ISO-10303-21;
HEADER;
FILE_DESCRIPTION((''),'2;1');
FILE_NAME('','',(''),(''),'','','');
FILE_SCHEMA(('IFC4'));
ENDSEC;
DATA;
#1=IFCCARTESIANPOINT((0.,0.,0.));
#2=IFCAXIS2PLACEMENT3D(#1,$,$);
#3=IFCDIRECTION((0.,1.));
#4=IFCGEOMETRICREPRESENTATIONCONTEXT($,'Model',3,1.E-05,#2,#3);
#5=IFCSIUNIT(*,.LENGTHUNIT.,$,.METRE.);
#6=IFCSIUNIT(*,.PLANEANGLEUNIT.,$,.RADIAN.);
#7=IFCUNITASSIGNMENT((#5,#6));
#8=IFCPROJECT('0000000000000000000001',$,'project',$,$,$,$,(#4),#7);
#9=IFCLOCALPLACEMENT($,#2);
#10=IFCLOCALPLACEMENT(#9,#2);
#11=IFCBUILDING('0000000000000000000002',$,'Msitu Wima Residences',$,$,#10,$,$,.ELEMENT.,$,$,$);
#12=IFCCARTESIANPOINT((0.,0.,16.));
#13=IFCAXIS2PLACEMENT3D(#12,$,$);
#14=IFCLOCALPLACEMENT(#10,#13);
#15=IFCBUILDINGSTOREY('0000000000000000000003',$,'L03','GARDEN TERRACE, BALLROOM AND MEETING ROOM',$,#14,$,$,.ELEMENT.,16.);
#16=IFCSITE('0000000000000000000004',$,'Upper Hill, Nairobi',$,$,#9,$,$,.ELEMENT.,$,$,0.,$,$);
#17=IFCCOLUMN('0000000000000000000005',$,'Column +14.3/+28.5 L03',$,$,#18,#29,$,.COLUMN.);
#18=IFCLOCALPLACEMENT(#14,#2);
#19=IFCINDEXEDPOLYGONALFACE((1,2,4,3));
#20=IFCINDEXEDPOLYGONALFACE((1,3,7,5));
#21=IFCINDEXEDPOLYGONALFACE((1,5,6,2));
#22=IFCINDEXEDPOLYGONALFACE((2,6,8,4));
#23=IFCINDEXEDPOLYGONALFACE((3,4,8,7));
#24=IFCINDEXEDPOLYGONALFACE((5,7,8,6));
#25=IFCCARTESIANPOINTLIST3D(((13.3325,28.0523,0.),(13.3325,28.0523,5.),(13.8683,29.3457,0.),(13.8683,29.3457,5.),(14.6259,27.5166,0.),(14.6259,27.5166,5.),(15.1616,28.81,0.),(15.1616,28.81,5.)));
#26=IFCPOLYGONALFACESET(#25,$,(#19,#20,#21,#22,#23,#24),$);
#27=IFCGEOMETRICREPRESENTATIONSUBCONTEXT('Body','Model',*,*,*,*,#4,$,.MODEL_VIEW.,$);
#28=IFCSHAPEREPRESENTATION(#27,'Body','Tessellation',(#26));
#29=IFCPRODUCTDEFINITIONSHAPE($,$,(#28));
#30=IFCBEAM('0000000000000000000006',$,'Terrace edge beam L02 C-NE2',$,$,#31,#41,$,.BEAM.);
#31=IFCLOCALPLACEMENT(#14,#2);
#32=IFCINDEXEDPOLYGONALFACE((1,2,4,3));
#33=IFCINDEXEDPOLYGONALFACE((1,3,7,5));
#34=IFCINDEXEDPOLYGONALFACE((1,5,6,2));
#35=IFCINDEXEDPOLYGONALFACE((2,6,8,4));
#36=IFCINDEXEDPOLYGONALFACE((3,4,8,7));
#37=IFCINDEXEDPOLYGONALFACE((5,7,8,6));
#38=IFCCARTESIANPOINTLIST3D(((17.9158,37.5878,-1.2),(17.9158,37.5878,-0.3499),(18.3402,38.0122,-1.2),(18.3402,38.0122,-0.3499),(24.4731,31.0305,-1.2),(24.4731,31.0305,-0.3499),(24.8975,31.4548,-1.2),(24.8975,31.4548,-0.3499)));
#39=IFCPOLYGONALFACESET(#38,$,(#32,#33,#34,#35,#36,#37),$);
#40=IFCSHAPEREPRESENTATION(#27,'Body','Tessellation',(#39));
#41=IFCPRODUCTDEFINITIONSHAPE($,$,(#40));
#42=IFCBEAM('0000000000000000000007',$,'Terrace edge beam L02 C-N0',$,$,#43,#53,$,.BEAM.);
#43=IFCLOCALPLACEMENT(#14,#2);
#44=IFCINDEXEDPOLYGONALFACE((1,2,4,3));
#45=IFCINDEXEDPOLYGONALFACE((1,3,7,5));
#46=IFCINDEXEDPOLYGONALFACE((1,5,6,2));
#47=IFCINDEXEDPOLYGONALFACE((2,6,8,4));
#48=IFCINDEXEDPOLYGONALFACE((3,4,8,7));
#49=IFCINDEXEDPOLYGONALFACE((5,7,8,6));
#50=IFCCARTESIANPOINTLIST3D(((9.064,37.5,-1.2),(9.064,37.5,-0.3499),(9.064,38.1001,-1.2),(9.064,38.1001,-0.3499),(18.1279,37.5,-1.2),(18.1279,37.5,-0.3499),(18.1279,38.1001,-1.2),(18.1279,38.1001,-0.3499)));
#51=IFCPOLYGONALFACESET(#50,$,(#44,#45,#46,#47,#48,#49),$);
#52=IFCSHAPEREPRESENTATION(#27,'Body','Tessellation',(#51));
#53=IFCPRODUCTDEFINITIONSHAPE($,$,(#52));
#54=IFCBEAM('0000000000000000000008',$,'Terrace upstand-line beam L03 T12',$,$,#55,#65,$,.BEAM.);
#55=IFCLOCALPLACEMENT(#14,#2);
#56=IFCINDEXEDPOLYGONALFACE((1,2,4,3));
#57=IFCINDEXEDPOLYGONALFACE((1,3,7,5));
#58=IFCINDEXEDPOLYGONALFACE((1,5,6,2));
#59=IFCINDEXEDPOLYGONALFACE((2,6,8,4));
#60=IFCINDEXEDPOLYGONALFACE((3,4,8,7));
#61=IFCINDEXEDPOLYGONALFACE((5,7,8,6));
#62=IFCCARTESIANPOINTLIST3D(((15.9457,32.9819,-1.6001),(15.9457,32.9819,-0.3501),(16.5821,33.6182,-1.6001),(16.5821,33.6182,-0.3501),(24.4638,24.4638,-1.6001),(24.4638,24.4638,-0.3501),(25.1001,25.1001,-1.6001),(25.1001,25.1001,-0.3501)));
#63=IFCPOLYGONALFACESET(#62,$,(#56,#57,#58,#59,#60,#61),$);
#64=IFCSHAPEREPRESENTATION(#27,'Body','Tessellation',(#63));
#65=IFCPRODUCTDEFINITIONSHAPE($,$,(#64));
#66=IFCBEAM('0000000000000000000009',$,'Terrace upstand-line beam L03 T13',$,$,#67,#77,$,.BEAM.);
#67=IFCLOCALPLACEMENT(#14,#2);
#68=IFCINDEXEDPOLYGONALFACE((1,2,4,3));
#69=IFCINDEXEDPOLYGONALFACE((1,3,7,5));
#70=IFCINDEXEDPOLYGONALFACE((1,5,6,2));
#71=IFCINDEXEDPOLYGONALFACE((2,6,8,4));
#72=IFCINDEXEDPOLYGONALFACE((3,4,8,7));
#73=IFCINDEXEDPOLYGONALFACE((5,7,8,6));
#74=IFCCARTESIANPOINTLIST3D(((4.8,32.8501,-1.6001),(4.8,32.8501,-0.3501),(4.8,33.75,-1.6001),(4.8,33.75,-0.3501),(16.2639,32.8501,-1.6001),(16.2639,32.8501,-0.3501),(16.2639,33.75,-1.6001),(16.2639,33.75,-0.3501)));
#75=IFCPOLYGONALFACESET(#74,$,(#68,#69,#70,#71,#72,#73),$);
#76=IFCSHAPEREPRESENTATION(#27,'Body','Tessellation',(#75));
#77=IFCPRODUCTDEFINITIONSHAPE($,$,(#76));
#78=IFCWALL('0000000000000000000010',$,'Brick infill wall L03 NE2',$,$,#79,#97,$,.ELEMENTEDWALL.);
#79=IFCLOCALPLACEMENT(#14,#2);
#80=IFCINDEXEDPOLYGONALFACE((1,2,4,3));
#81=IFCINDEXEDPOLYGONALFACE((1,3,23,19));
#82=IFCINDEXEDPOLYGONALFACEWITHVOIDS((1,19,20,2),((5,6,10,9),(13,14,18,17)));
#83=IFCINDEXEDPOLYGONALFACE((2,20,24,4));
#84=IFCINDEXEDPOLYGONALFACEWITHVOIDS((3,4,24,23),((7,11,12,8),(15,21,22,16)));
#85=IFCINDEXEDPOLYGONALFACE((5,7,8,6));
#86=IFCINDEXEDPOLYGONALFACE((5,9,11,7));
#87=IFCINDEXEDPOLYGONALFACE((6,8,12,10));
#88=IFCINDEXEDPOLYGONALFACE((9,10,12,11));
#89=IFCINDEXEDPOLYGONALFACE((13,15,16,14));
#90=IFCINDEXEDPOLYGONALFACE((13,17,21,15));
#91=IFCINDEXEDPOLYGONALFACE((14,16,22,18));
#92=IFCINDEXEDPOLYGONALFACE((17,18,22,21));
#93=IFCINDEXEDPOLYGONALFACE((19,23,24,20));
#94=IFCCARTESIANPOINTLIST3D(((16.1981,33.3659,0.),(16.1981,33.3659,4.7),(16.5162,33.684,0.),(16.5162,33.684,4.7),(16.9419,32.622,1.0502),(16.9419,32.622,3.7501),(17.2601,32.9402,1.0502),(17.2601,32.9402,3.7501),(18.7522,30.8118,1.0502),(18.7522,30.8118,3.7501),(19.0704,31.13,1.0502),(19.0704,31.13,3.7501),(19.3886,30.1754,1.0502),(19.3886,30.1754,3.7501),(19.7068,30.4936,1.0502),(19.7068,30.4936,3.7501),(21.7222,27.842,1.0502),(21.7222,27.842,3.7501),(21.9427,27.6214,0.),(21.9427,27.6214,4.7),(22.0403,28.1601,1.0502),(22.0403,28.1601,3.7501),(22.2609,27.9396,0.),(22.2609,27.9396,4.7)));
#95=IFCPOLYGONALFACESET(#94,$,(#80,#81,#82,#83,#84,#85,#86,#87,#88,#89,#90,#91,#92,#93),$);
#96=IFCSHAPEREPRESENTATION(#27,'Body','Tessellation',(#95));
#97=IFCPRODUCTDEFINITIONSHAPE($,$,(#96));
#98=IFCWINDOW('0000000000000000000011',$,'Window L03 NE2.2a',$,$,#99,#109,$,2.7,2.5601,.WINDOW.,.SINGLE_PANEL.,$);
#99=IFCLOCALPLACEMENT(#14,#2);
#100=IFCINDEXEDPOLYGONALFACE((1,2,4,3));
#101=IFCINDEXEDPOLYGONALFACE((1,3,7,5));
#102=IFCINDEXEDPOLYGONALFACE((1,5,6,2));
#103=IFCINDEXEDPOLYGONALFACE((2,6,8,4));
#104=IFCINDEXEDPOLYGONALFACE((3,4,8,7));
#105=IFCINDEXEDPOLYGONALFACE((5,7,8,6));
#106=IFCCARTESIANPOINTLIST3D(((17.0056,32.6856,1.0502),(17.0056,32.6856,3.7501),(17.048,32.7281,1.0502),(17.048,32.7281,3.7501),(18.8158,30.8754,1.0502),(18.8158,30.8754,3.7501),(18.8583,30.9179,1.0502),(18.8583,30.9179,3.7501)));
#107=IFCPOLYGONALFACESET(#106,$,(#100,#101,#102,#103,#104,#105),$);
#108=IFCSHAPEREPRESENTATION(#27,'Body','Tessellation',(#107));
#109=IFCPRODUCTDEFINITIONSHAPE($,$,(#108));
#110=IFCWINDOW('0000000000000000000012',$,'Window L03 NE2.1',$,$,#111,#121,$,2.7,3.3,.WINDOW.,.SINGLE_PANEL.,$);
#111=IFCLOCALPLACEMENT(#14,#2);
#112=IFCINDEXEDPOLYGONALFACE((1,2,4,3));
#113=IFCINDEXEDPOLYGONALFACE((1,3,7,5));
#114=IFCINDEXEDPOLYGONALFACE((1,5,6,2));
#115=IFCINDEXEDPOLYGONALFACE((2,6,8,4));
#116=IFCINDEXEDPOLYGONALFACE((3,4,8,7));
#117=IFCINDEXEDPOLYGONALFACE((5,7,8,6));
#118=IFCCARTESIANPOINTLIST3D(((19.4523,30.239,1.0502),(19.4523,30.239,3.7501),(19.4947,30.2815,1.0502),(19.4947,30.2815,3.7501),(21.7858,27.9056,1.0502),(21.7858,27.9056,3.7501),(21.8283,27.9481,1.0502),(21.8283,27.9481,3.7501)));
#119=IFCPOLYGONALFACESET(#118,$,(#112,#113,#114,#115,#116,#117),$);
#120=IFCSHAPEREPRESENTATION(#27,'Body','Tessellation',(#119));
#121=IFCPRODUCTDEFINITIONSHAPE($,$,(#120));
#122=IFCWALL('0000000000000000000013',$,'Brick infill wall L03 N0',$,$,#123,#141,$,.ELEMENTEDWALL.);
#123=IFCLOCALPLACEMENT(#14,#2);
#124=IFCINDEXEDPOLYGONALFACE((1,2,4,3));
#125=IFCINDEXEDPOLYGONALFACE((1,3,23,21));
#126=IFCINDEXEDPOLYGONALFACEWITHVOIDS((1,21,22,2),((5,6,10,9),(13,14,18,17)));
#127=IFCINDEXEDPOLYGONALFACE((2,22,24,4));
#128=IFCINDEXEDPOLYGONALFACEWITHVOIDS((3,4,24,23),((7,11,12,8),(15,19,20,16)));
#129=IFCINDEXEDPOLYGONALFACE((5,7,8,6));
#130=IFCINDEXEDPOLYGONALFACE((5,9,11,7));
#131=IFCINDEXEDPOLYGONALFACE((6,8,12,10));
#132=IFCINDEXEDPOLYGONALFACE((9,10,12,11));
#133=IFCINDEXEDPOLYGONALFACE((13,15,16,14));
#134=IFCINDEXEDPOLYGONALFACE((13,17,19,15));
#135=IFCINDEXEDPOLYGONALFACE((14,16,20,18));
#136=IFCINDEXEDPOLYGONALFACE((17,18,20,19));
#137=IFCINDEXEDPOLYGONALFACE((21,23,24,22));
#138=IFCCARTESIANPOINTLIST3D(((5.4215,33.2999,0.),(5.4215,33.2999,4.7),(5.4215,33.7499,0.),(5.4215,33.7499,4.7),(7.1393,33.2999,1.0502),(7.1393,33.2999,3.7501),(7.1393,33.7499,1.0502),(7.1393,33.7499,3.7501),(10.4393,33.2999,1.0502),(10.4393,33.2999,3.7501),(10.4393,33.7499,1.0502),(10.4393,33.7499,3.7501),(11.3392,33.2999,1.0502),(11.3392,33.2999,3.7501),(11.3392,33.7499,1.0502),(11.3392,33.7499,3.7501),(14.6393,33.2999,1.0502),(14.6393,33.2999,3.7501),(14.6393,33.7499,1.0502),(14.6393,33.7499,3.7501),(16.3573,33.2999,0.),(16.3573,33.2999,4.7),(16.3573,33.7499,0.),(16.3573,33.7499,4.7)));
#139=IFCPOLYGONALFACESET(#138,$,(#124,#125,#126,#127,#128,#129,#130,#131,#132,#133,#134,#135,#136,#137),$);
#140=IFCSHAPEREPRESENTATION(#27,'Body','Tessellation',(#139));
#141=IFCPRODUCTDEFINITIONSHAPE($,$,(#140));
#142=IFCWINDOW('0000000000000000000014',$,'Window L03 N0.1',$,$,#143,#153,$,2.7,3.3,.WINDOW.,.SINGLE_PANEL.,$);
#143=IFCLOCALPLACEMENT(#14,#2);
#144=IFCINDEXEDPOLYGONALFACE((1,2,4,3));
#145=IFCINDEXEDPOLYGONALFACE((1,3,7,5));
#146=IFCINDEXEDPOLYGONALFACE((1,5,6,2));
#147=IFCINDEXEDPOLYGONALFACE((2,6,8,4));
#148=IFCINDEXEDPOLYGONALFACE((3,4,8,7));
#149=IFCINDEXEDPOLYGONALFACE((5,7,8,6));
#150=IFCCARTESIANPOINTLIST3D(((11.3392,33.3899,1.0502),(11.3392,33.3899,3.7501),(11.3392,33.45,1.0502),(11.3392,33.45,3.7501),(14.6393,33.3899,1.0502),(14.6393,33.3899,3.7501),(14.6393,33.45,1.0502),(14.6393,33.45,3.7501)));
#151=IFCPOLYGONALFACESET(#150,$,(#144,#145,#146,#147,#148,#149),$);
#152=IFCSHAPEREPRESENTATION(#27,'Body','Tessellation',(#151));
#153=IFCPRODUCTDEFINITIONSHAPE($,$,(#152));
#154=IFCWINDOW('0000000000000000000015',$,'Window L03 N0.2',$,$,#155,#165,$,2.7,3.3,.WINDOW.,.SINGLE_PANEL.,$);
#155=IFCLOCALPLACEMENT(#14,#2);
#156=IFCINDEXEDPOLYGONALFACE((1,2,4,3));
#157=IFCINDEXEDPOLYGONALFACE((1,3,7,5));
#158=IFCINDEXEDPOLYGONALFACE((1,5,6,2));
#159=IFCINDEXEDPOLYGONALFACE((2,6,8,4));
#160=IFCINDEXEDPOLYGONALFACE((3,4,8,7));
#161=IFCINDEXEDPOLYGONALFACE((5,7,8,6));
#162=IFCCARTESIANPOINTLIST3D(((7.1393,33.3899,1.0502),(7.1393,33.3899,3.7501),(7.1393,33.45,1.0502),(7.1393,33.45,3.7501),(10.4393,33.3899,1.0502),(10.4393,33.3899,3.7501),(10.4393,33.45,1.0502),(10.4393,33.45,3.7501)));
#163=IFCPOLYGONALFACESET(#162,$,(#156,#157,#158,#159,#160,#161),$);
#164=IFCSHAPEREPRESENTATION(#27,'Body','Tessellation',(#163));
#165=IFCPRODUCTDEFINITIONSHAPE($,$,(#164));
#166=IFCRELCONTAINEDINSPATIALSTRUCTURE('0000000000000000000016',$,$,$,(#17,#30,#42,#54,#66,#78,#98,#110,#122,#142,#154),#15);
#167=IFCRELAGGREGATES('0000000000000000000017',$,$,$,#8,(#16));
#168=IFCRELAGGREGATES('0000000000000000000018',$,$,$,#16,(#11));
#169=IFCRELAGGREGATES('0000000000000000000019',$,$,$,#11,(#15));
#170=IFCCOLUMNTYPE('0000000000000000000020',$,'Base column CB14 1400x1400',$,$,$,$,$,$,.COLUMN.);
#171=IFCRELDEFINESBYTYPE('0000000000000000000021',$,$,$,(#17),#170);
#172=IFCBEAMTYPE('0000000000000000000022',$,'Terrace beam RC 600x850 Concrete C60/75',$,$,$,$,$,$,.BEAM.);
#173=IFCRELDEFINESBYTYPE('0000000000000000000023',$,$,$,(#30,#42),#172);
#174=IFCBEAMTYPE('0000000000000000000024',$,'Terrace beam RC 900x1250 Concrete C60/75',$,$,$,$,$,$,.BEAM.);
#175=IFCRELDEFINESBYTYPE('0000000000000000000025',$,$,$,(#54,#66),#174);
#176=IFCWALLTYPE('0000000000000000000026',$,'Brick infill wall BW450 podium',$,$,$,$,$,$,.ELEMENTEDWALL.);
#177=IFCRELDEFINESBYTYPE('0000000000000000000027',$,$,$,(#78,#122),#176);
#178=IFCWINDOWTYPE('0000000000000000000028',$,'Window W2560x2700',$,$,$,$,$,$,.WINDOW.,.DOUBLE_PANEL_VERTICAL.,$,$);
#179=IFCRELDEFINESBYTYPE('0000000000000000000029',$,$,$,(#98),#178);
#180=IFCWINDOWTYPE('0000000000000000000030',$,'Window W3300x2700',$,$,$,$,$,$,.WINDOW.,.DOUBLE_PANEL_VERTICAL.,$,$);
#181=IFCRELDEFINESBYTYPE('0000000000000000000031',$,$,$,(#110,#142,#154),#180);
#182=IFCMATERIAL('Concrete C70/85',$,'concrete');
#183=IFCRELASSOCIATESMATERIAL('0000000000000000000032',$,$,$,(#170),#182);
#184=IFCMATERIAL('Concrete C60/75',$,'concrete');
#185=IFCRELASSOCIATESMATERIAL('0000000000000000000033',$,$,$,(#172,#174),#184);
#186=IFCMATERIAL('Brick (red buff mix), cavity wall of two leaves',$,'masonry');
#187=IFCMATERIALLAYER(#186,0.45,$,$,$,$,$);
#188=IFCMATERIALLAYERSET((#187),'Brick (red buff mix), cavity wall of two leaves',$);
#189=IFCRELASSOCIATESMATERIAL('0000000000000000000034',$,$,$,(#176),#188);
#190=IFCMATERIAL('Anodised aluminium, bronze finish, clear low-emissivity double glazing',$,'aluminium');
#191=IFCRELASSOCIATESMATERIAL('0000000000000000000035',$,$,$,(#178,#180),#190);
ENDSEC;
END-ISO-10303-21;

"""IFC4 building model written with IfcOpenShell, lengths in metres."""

from ifc_helpers import new_model, si_unit, direction, frame, frame_2d, origin, origin_2d, place, context, subcontext, project, spatial, rectangle, extrude, material, layer, layer_set, material_profile, profile_set, type_object, element, fill, save


model = new_model("IFC4")

# Units and contexts
model_context = context("Model", 3, precision=1e-05, world=origin(), true_north=direction((0.0, 1.0)))
body_context = subcontext(model_context, "Body", "Model", "MODEL_VIEW")
ifc_project = project(units=[si_unit("LENGTHUNIT", "METRE"), si_unit("PLANEANGLEUNIT", "RADIAN")], contexts=[model_context])

# Site, building, storey
site_placement = place(None, origin())
site = spatial("IfcSite", under=ifc_project, at=site_placement, Name="Upper Hill, Nairobi", CompositionType="ELEMENT", RefElevation=0.0)
building_placement = place(site_placement, origin())
building = spatial("IfcBuilding", under=site, at=building_placement, Name="Msitu Wima Residences", CompositionType="ELEMENT")
storey_placement = place(building_placement, frame((0.0, 0.0, 16.0)))
storey = spatial("IfcBuildingStorey", under=building, at=storey_placement, Name="L03", Description="GARDEN TERRACE, BALLROOM AND MEETING ROOM", CompositionType="ELEMENT", Elevation=16.0)

# Column
ifc_material_1 = material(Name="Concrete C70/85", Category="concrete")
ifc_material_profile_1 = material_profile(ifc_material_1, rectangle(XDim=1.3999, YDim=1.3999, at=origin_2d()), Name="RC 1400x1400")
ifc_profile_set_1 = profile_set([ifc_material_profile_1], Name="Concrete C70/85")
column_type = type_object("IfcColumnType", Name="Base column CB14 1400x1400", PredefinedType="COLUMN", material=ifc_profile_set_1)
column_placement = place(storey_placement, frame((14.2471, 28.4312, 0.0), z_axis=(0.0, 0.0, 1.0), x_axis=(-0.92388, 0.382683, 0.0)))
element("IfcColumn", 1, at=column_placement, inside=storey, type_object=column_type, Name="Column +14.3/+28.5 L03", PredefinedType="COLUMN", context=body_context, shape_type="SweptSolid", body=[
    extrude(rectangle(XDim=1.3999, YDim=1.3999, at=origin_2d()), origin(), (0.0, 0.0, 1.0), 5.0),
])

# Beams
ifc_material_2 = material(Name="Concrete C60/75", Category="concrete")
ifc_material_profile_2 = material_profile(ifc_material_2, rectangle(XDim=0.6001, YDim=0.8501, at=origin_2d()), Name="RC 600x850")
ifc_profile_set_2 = profile_set([ifc_material_profile_2], Name="Concrete C60/75")
beam_type_1 = type_object("IfcBeamType", Name="Terrace beam RC 600x850 Concrete C60/75", PredefinedType="BEAM", material=ifc_profile_set_2)
beam_1_placement = place(storey_placement, frame((24.6853, 31.2427, -0.7749), z_axis=(-0.707107, 0.707107, 0.0), x_axis=(-0.707107, -0.707107, 0.0)))
element("IfcBeam", 2, at=beam_1_placement, inside=storey, type_object=beam_type_1, Name="Terrace edge beam L02 C-NE2", PredefinedType="BEAM", context=body_context, shape_type="SweptSolid", body=[
    extrude(rectangle(XDim=0.6001, YDim=0.8501, at=origin_2d()), origin(), (0.0, 0.0, 1.0), 9.2734),
])
beam_2_placement = place(storey_placement, frame((18.1279, 37.8, -0.7749), z_axis=(-1.0, 0.0, 0.0), x_axis=(0.0, -1.0, 0.0)))
element("IfcBeam", 3, at=beam_2_placement, inside=storey, type_object=beam_type_1, Name="Terrace edge beam L02 C-N0", PredefinedType="BEAM", context=body_context, shape_type="SweptSolid", body=[
    extrude(rectangle(XDim=0.6001, YDim=0.8501, at=origin_2d()), origin(), (0.0, 0.0, 1.0), 9.064),
])
ifc_material_profile_3 = material_profile(ifc_material_2, rectangle(XDim=0.8999, YDim=1.25, at=origin_2d()), Name="RC 900x1250")
ifc_profile_set_3 = profile_set([ifc_material_profile_3], Name="Concrete C60/75")
beam_type_2 = type_object("IfcBeamType", Name="Terrace beam RC 900x1250 Concrete C60/75", PredefinedType="BEAM", material=ifc_profile_set_3)
beam_3_placement = place(storey_placement, frame((24.782, 24.782, -0.9751), z_axis=(-0.707107, 0.707107, 0.0), x_axis=(-0.707107, -0.707107, 0.0)))
element("IfcBeam", 4, at=beam_3_placement, inside=storey, type_object=beam_type_2, Name="Terrace upstand-line beam L03 T12", PredefinedType="BEAM", context=body_context, shape_type="SweptSolid", body=[
    extrude(rectangle(XDim=0.8999, YDim=1.25, at=origin_2d()), origin(), (0.0, 0.0, 1.0), 12.0464),
])
beam_4_placement = place(storey_placement, frame((16.2639, 33.3, -0.9751), z_axis=(-1.0, 0.0, 0.0), x_axis=(0.0, -1.0, 0.0)))
element("IfcBeam", 5, at=beam_4_placement, inside=storey, type_object=beam_type_2, Name="Terrace upstand-line beam L03 T13", PredefinedType="BEAM", context=body_context, shape_type="SweptSolid", body=[
    extrude(rectangle(XDim=0.8999, YDim=1.25, at=origin_2d()), origin(), (0.0, 0.0, 1.0), 11.4639),
])

# Walls, openings, windows
ifc_material_3 = material(Name="Brick (red buff mix), cavity wall of two leaves", Category="masonry")
ifc_layer_1 = layer(ifc_material_3, 0.45)
ifc_layer_set_1 = layer_set([ifc_layer_1], Name="Brick (red buff mix), cavity wall of two leaves")
wall_type_1 = type_object("IfcWallType", Name="Brick infill wall BW450 podium", PredefinedType="ELEMENTEDWALL", material=ifc_layer_set_1)
wall_1_placement = place(storey_placement, frame((22.1018, 27.7805, 0.0), z_axis=(0.0, 0.0, 1.0), x_axis=(-0.707122, 0.707092, 0.0)))
wall_1 = element("IfcWall", 6, at=wall_1_placement, inside=storey, type_object=wall_type_1, Name="Brick infill wall L03 NE2", PredefinedType="ELEMENTEDWALL", context=body_context, shape_type="SweptSolid", body=[
    extrude(rectangle(XDim=8.124, YDim=0.45, at=frame_2d((4.062, 0.0))), origin(), (0.0, 0.0, 1.0), 4.7),
])
opening_1_placement = place(wall_1_placement, frame((0.312, 0.0, 1.05)))
opening_1 = element("IfcOpeningElement", 7, at=opening_1_placement, cuts=wall_1, PredefinedType="OPENING", context=body_context, shape_type="SweptSolid", body=[
    extrude(rectangle(XDim=3.3, YDim=2.7, at=frame_2d((1.6499, 1.3501))), frame((0.0, 0.2349, 0.0), z_axis=(0.0, -1.0, 0.0), x_axis=(1.0, 0.0, 0.0)), (0.0, 0.0, 1.0), 0.47),
])
opening_2_placement = place(wall_1_placement, frame((4.512, 0.0, 1.05)))
opening_2 = element("IfcOpeningElement", 8, at=opening_2_placement, cuts=wall_1, PredefinedType="OPENING", context=body_context, shape_type="SweptSolid", body=[
    extrude(rectangle(XDim=2.5601, YDim=2.7, at=frame_2d((1.28, 1.3501))), frame((0.0, 0.2349, 0.0), z_axis=(0.0, -1.0, 0.0), x_axis=(1.0, 0.0, 0.0)), (0.0, 0.0, 1.0), 0.47),
])
ifc_material_4 = material(Name="Anodised aluminium, bronze finish, clear low-emissivity double glazing", Category="aluminium")
window_type_1 = type_object("IfcWindowType", Name="Window W2560x2700", PartitioningType="DOUBLE_PANEL_VERTICAL", PredefinedType="WINDOW", material=ifc_material_4)
window_1_placement = place(opening_2_placement, origin())
window_1 = element("IfcWindow", 9, at=window_1_placement, inside=storey, type_object=window_type_1, Name="Window L03 NE2.2a", OverallHeight=2.7, OverallWidth=2.5601, PartitioningType="SINGLE_PANEL", PredefinedType="WINDOW", context=body_context, shape_type="SweptSolid", body=[
    extrude(rectangle(XDim=2.5601, YDim=2.7, at=frame_2d((1.28, 1.3501))), frame((0.0, 0.135, 0.0), z_axis=(0.0, -1.0, 0.0), x_axis=(1.0, 0.0, 0.0)), (0.0, 0.0, 1.0), 0.0601),
])
fill(opening_2, window_1)
window_type_2 = type_object("IfcWindowType", Name="Window W3300x2700", PartitioningType="DOUBLE_PANEL_VERTICAL", PredefinedType="WINDOW", material=ifc_material_4)
window_2_placement = place(opening_1_placement, origin())
window_2 = element("IfcWindow", 10, at=window_2_placement, inside=storey, type_object=window_type_2, Name="Window L03 NE2.1", OverallHeight=2.7, OverallWidth=3.3, PartitioningType="SINGLE_PANEL", PredefinedType="WINDOW", context=body_context, shape_type="SweptSolid", body=[
    extrude(rectangle(XDim=3.3, YDim=2.7, at=frame_2d((1.6499, 1.3501))), frame((0.0, 0.135, 0.0), z_axis=(0.0, -1.0, 0.0), x_axis=(1.0, 0.0, 0.0)), (0.0, 0.0, 1.0), 0.0601),
])
fill(opening_1, window_2)
wall_2_placement = place(storey_placement, frame((16.3572, 33.5249, 0.0), z_axis=(0.0, 0.0, 1.0), x_axis=(-1.0, 0.0, 0.0)))
wall_2 = element("IfcWall", 11, at=wall_2_placement, inside=storey, type_object=wall_type_1, Name="Brick infill wall L03 N0", PredefinedType="ELEMENTEDWALL", context=body_context, shape_type="SweptSolid", body=[
    extrude(rectangle(XDim=10.9358, YDim=0.45, at=frame_2d((5.4678, 0.0))), origin(), (0.0, 0.0, 1.0), 4.7),
])
opening_3_placement = place(wall_2_placement, frame((1.718, 0.0, 1.05)))
opening_3 = element("IfcOpeningElement", 12, at=opening_3_placement, cuts=wall_2, PredefinedType="OPENING", context=body_context, shape_type="SweptSolid", body=[
    extrude(rectangle(XDim=3.3, YDim=2.7, at=frame_2d((1.6499, 1.3501))), frame((0.0, 0.2349, 0.0), z_axis=(0.0, -1.0, 0.0), x_axis=(1.0, 0.0, 0.0)), (0.0, 0.0, 1.0), 0.47),
])
opening_4_placement = place(wall_2_placement, frame((5.918, 0.0, 1.05)))
opening_4 = element("IfcOpeningElement", 13, at=opening_4_placement, cuts=wall_2, PredefinedType="OPENING", context=body_context, shape_type="SweptSolid", body=[
    extrude(rectangle(XDim=3.3, YDim=2.7, at=frame_2d((1.6499, 1.3501))), frame((0.0, 0.2349, 0.0), z_axis=(0.0, -1.0, 0.0), x_axis=(1.0, 0.0, 0.0)), (0.0, 0.0, 1.0), 0.47),
])
window_3_placement = place(opening_3_placement, origin())
window_3 = element("IfcWindow", 14, at=window_3_placement, inside=storey, type_object=window_type_2, Name="Window L03 N0.1", OverallHeight=2.7, OverallWidth=3.3, PartitioningType="SINGLE_PANEL", PredefinedType="WINDOW", context=body_context, shape_type="SweptSolid", body=[
    extrude(rectangle(XDim=3.3, YDim=2.7, at=frame_2d((1.6499, 1.3501))), frame((0.0, 0.135, 0.0), z_axis=(0.0, -1.0, 0.0), x_axis=(1.0, 0.0, 0.0)), (0.0, 0.0, 1.0), 0.0601),
])
fill(opening_3, window_3)
window_4_placement = place(opening_4_placement, origin())
window_4 = element("IfcWindow", 15, at=window_4_placement, inside=storey, type_object=window_type_2, Name="Window L03 N0.2", OverallHeight=2.7, OverallWidth=3.3, PartitioningType="SINGLE_PANEL", PredefinedType="WINDOW", context=body_context, shape_type="SweptSolid", body=[
    extrude(rectangle(XDim=3.3, YDim=2.7, at=frame_2d((1.6499, 1.3501))), frame((0.0, 0.135, 0.0), z_axis=(0.0, -1.0, 0.0), x_axis=(1.0, 0.0, 0.0)), (0.0, 0.0, 1.0), 0.0601),
])
fill(opening_4, window_4)

save(model, "model.ifc")
